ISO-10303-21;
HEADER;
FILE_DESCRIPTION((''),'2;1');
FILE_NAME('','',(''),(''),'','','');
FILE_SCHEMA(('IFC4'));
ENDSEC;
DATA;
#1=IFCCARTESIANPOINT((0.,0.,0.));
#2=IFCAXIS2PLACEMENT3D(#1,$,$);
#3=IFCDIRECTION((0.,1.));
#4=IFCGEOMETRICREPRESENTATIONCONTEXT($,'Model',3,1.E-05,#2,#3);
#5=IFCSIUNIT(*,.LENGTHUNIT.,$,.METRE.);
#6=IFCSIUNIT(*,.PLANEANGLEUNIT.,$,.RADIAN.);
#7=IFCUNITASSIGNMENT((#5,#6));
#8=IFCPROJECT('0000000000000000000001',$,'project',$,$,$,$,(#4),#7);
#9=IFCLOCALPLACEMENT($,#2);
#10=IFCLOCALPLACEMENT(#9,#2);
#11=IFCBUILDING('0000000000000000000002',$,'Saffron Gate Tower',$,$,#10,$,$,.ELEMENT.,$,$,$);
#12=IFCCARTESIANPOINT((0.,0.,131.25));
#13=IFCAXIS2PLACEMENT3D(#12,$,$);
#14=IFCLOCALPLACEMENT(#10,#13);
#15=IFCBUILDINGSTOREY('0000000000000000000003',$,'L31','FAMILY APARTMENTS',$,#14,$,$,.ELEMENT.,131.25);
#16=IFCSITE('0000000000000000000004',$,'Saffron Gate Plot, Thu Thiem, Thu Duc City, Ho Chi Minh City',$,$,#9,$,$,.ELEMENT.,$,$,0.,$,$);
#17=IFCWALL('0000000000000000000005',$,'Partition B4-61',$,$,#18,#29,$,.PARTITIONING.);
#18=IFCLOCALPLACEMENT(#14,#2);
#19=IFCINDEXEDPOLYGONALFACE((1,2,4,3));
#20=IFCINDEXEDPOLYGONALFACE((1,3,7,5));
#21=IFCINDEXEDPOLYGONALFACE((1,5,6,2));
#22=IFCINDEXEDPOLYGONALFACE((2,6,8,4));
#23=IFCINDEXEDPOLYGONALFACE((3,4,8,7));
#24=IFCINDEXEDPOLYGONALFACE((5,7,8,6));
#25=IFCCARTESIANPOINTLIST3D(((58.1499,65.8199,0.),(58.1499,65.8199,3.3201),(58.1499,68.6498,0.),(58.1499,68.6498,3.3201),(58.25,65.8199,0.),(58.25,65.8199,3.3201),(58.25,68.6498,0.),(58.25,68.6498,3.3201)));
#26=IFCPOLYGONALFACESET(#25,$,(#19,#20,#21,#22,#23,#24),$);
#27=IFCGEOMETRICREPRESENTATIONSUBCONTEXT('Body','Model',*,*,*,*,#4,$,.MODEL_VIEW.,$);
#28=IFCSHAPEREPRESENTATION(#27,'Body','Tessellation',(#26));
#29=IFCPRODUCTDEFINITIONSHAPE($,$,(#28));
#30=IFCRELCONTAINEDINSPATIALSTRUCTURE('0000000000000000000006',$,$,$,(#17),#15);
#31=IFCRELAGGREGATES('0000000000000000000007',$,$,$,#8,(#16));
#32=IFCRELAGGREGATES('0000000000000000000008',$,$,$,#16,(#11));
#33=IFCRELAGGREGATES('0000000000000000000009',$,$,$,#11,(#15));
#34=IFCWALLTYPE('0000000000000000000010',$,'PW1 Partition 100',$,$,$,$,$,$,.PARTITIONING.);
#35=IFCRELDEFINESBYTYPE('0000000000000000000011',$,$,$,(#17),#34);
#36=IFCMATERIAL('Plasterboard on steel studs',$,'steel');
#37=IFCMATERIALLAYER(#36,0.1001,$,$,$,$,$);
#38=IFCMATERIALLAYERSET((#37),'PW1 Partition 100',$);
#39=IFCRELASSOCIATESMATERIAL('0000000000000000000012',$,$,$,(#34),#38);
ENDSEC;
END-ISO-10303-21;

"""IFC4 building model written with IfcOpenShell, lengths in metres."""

from ifc_helpers import new_model, si_unit, direction, frame, frame_2d, origin, place, context, subcontext, project, spatial, rectangle, extrude, material, layer, layer_set, type_object, element, save


model = new_model("IFC4")

# Units and contexts
model_context = context("Model", 3, precision=1e-05, world=origin(), true_north=direction((0.0, 1.0)))
body_context = subcontext(model_context, "Body", "Model", "MODEL_VIEW")
ifc_project = project(units=[si_unit("LENGTHUNIT", "METRE"), si_unit("PLANEANGLEUNIT", "RADIAN")], contexts=[model_context])

# Site, building, storey
site_placement = place(None, origin())
site = spatial("IfcSite", under=ifc_project, at=site_placement, Name="Saffron Gate Plot, Thu Thiem, Thu Duc City, Ho Chi Minh City", CompositionType="ELEMENT", RefElevation=0.0)
building_placement = place(site_placement, origin())
building = spatial("IfcBuilding", under=site, at=building_placement, Name="Saffron Gate Tower", CompositionType="ELEMENT")
storey_placement = place(building_placement, frame((0.0, 0.0, 131.25)))
storey = spatial("IfcBuildingStorey", under=building, at=storey_placement, Name="L31", Description="FAMILY APARTMENTS", CompositionType="ELEMENT", Elevation=131.25)

# Shared definitions
ifc_material_1 = material(Name="Plasterboard on steel studs", Category="steel")
ifc_layer_1 = layer(ifc_material_1, 0.1001)
ifc_layer_set_1 = layer_set([ifc_layer_1], Name="PW1 Partition 100")
wall_type_1 = type_object("IfcWallType", Name="PW1 Partition 100", PredefinedType="PARTITIONING", material=ifc_layer_set_1)

# Wall
wall_1_placement = place(storey_placement, frame((58.2, 68.6499, 0.0), z_axis=(0.0, 0.0, 1.0), x_axis=(0.0, -1.0, 0.0)))
element("IfcWall", 1, at=wall_1_placement, inside=storey, type_object=wall_type_1, Name="Partition B4-61", PredefinedType="PARTITIONING", context=body_context, shape_type="SweptSolid", body=[
    extrude(rectangle(XDim=2.8298, YDim=0.1001, at=frame_2d((1.415, 0.0))), origin(), (0.0, 0.0, 1.0), 3.3201),
])

save(model, "model.ifc")
